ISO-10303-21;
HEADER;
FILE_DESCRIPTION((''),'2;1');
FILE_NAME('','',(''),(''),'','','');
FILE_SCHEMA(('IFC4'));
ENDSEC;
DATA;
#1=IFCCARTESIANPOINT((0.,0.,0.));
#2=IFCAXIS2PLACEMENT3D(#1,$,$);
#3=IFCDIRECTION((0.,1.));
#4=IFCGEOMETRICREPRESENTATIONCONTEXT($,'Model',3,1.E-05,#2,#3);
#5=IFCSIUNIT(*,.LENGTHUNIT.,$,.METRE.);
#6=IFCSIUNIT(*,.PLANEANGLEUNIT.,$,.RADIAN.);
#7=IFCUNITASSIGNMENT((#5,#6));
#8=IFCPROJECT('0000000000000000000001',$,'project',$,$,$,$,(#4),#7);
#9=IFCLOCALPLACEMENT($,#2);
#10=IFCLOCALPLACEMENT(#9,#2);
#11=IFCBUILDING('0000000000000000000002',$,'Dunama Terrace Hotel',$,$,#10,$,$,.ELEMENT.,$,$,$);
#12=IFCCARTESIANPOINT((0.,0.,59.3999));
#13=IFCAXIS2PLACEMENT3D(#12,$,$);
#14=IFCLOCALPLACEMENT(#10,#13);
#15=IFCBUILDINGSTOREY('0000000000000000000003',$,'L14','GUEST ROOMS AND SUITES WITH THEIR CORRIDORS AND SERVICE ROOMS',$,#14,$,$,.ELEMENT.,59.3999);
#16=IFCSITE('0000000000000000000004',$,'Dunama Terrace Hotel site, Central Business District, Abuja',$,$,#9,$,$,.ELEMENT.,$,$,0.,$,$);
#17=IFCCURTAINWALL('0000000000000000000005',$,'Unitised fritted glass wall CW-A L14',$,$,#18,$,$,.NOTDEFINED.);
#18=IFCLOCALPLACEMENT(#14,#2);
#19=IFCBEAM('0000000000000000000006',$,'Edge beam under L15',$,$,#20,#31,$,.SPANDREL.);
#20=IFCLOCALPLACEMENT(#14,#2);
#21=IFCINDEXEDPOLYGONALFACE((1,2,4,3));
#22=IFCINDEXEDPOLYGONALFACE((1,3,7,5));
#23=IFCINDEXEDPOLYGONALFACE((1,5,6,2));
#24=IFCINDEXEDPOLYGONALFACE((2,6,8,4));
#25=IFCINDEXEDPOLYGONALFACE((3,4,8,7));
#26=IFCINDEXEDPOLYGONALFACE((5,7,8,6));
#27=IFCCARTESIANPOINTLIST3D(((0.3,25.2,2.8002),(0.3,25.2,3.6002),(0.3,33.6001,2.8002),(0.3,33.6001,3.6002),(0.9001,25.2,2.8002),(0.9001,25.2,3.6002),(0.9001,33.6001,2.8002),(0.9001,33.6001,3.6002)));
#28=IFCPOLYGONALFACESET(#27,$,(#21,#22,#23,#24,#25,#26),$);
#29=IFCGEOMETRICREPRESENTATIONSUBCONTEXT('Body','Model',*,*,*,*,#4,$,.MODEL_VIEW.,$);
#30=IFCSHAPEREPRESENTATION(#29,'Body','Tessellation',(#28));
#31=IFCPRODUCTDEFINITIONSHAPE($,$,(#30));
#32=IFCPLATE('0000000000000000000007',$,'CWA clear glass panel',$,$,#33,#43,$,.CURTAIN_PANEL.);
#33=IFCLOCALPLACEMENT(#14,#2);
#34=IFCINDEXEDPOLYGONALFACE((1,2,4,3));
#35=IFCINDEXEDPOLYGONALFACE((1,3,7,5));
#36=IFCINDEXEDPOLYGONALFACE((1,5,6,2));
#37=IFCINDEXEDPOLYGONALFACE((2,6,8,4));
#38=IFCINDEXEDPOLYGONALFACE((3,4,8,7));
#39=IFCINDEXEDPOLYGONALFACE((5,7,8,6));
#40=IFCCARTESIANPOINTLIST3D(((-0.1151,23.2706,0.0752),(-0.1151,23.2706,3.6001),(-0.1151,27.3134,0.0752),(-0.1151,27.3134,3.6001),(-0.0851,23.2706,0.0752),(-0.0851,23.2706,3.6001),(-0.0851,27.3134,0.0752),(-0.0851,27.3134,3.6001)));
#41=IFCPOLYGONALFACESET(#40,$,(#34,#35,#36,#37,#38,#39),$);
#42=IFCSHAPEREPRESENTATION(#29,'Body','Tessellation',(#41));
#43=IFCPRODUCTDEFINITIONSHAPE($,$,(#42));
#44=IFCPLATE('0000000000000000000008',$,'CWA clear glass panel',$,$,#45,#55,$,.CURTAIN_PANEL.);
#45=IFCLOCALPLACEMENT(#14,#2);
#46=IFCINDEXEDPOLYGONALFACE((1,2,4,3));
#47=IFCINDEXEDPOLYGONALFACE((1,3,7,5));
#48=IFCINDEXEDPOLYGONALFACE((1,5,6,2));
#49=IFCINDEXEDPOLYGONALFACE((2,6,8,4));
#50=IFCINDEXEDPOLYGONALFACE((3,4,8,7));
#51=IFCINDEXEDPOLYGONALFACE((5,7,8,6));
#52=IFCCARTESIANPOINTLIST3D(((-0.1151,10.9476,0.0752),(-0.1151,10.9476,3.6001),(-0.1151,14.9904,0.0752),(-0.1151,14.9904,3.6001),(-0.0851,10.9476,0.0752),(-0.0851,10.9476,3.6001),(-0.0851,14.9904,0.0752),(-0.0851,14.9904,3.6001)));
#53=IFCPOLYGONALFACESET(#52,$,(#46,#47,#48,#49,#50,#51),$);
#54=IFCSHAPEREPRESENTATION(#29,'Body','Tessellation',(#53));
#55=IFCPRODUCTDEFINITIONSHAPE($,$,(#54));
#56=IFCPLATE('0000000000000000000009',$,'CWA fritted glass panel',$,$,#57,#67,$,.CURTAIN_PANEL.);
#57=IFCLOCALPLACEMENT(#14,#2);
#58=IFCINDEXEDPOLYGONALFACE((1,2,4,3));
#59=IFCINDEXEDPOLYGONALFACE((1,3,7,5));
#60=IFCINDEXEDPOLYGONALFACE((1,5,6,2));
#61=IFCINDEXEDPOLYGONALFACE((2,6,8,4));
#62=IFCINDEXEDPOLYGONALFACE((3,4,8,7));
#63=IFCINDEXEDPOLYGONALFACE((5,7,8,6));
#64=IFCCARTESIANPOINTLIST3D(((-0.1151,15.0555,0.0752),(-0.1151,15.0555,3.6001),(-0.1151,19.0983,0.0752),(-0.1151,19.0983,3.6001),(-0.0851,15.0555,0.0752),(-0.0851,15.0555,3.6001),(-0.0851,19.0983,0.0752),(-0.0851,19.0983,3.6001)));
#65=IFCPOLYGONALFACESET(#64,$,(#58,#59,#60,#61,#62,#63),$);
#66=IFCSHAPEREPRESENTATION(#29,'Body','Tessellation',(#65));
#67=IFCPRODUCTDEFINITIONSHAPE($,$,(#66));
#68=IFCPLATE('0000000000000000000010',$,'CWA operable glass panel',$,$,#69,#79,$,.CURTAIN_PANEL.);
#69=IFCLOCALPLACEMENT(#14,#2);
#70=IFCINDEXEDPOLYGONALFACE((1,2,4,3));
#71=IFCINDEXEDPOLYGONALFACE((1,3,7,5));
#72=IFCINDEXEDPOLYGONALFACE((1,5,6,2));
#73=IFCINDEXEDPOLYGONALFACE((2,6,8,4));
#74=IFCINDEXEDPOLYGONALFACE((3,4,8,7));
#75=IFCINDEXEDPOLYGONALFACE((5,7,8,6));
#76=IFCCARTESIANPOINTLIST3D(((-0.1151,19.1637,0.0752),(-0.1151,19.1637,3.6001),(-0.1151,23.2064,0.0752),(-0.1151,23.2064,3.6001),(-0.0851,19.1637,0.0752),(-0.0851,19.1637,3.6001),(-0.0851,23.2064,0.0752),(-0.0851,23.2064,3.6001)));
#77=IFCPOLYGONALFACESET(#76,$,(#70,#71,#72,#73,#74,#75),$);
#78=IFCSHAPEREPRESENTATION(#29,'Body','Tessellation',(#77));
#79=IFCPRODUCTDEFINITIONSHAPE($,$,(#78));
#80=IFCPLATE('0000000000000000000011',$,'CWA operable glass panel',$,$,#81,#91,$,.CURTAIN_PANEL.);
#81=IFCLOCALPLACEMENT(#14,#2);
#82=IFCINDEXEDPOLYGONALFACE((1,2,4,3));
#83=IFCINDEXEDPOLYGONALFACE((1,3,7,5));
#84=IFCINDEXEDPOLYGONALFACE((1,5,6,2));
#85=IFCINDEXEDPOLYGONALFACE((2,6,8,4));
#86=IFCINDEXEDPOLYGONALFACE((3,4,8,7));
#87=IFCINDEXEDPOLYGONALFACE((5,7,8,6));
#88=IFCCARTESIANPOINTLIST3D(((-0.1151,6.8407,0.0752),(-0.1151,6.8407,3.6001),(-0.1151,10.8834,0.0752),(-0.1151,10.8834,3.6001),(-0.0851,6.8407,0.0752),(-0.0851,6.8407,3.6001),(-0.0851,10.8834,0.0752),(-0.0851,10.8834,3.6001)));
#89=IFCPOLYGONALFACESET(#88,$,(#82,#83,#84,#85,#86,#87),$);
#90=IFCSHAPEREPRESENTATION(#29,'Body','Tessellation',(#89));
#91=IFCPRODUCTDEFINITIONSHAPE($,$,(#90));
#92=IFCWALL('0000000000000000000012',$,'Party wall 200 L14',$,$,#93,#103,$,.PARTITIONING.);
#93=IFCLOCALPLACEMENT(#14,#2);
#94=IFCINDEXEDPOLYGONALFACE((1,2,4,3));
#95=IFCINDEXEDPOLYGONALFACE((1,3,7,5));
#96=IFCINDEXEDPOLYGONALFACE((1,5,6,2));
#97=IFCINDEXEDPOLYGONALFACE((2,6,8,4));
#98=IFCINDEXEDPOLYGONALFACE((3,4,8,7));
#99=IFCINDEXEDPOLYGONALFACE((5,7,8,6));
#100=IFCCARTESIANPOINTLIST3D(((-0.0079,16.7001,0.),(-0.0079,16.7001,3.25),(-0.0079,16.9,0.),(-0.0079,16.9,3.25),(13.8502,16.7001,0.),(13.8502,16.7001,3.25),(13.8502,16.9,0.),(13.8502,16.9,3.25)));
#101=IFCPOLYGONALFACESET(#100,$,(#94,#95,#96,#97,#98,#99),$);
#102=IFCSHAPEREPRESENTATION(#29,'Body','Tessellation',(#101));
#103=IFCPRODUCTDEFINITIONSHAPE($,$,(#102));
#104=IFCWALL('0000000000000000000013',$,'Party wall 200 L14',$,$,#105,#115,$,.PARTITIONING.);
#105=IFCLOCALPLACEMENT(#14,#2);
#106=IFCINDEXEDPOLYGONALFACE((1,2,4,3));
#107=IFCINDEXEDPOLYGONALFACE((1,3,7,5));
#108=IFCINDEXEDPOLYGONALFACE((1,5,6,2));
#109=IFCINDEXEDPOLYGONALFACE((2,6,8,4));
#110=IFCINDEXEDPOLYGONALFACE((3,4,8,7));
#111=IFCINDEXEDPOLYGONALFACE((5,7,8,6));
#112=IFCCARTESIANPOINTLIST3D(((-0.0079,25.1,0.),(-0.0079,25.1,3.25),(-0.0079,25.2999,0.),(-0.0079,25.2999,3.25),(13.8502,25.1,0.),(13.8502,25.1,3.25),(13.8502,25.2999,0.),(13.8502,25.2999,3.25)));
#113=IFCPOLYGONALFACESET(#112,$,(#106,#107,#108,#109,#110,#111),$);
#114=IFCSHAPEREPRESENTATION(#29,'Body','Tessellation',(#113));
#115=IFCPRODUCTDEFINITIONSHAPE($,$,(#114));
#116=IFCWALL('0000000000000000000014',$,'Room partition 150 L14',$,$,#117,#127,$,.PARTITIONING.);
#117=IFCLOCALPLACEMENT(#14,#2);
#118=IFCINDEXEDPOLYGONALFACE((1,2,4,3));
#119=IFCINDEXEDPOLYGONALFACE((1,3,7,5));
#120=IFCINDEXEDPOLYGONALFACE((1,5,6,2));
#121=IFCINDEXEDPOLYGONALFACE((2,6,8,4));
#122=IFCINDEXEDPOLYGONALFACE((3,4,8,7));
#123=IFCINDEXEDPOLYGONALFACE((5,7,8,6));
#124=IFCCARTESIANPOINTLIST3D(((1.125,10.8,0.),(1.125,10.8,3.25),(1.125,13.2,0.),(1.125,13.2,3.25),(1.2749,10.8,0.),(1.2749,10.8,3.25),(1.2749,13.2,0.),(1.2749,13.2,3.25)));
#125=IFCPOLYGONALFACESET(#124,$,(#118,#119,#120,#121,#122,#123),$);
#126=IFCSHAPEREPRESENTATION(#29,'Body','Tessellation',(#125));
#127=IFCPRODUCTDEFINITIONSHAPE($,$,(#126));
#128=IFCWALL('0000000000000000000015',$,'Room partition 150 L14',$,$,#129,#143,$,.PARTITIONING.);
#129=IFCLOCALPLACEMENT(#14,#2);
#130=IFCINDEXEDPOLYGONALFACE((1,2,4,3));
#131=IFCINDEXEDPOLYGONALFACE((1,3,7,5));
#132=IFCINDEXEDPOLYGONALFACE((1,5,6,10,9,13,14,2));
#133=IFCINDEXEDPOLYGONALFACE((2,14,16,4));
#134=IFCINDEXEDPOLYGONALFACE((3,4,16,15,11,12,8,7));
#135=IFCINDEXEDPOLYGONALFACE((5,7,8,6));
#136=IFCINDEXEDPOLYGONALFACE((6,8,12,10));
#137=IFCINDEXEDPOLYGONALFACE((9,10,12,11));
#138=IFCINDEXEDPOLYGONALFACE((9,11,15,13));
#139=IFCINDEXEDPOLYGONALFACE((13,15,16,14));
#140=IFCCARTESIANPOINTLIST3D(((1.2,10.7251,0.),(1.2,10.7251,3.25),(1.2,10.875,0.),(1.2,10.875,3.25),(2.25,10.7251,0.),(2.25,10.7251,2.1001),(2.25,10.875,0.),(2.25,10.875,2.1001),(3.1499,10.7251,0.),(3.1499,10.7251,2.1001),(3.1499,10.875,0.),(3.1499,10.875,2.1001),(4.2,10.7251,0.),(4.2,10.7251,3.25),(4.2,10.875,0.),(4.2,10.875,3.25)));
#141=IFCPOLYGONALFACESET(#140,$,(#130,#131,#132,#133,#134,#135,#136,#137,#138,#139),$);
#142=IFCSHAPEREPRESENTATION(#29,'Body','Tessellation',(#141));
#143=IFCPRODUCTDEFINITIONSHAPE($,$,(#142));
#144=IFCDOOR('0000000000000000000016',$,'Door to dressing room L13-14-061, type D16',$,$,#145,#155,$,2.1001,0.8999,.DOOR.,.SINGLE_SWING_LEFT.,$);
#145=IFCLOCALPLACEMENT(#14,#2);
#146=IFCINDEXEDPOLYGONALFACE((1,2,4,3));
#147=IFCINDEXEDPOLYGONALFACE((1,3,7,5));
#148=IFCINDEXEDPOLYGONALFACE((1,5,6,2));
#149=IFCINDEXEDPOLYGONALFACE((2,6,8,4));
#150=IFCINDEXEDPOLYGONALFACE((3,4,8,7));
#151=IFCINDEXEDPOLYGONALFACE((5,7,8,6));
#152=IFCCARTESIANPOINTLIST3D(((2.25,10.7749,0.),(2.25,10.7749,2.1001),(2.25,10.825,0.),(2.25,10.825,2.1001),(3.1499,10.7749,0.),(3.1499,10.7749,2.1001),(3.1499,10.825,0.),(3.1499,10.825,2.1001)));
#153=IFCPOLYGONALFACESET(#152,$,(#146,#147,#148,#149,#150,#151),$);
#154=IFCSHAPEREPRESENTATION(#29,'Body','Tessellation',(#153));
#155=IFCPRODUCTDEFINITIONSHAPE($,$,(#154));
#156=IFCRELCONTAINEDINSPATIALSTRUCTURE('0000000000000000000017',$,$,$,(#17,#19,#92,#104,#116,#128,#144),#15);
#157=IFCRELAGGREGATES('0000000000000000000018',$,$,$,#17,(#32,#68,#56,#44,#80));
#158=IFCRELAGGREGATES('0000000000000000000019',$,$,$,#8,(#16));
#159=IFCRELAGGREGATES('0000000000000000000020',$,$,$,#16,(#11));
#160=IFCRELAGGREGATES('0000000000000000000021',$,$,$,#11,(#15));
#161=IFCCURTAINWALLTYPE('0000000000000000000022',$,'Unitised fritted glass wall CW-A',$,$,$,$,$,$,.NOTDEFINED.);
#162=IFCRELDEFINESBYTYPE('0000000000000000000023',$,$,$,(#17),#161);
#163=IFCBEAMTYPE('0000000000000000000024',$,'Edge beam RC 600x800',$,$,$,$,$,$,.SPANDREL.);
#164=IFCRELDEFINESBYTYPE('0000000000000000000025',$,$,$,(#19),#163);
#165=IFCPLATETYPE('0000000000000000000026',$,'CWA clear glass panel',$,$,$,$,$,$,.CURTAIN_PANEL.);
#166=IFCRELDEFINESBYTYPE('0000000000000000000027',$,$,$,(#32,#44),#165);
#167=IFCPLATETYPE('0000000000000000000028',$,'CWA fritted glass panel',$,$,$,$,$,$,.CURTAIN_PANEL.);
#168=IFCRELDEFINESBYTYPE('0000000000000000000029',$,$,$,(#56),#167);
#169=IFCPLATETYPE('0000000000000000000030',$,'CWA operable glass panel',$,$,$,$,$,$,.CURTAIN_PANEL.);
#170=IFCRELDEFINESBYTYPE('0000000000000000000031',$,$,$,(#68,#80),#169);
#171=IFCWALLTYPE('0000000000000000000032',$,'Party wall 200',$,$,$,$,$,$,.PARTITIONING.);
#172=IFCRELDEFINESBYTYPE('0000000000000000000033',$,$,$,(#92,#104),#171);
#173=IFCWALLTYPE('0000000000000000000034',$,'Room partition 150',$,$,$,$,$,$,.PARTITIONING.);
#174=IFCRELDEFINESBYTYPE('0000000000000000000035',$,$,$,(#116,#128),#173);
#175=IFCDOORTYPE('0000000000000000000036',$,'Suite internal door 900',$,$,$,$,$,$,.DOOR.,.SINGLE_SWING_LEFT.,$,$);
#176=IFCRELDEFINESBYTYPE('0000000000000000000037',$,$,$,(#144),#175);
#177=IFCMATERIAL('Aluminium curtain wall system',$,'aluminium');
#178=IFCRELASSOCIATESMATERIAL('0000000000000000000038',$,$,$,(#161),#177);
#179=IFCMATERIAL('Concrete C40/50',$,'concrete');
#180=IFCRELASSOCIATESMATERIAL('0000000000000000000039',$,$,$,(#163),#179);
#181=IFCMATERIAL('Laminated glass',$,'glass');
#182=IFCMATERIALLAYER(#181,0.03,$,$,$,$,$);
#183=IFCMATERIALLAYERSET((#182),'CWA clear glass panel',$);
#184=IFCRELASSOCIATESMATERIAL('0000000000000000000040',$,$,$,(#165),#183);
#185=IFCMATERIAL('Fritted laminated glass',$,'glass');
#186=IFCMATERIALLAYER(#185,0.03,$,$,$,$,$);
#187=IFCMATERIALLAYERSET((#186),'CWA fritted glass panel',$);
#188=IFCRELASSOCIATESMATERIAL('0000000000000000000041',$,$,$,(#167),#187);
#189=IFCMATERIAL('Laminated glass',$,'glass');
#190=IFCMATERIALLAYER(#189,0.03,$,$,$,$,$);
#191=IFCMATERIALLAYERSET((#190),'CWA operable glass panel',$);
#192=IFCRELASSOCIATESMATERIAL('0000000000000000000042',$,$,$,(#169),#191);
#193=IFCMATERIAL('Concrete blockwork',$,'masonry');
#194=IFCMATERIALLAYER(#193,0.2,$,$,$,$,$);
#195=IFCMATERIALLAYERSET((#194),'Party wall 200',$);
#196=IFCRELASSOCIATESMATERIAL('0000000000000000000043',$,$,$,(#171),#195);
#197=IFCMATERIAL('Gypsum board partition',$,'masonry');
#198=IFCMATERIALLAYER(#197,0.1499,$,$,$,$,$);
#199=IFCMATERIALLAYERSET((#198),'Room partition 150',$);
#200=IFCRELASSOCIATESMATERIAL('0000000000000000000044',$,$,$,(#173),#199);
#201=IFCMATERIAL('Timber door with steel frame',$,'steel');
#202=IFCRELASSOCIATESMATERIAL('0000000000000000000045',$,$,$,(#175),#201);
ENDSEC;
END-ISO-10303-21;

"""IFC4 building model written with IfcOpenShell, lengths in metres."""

from ifc_helpers import new_model, si_unit, direction, frame, frame_2d, origin, origin_2d, place, context, subcontext, project, spatial, rectangle, extrude, material, layer, layer_set, material_profile, profile_set, type_object, element, fill, aggregate, save


model = new_model("IFC4")

# Units and contexts
model_context = context("Model", 3, precision=1e-05, world=origin(), true_north=direction((0.0, 1.0)))
body_context = subcontext(model_context, "Body", "Model", "MODEL_VIEW")
ifc_project = project(units=[si_unit("LENGTHUNIT", "METRE"), si_unit("PLANEANGLEUNIT", "RADIAN")], contexts=[model_context])

# Site, building, storey
site_placement = place(None, origin())
site = spatial("IfcSite", under=ifc_project, at=site_placement, Name="Dunama Terrace Hotel site, Central Business District, Abuja", CompositionType="ELEMENT", RefElevation=0.0)
building_placement = place(site_placement, origin())
building = spatial("IfcBuilding", under=site, at=building_placement, Name="Dunama Terrace Hotel", CompositionType="ELEMENT")
storey_placement = place(building_placement, frame((0.0, 0.0, 59.3999)))
storey = spatial("IfcBuildingStorey", under=building, at=storey_placement, Name="L14", Description="GUEST ROOMS AND SUITES WITH THEIR CORRIDORS AND SERVICE ROOMS", CompositionType="ELEMENT", Elevation=59.3999)

# Curtain wall
ifc_material_1 = material(Name="Aluminium curtain wall system", Category="aluminium")
curtain_wall_type = type_object("IfcCurtainWallType", Name="Unitised fritted glass wall CW-A", PredefinedType="NOTDEFINED", material=ifc_material_1)
curtain_wall_placement = place(storey_placement, origin())
curtain_wall = element("IfcCurtainWall", 1, at=curtain_wall_placement, inside=storey, type_object=curtain_wall_type, Name="Unitised fritted glass wall CW-A L14", PredefinedType="NOTDEFINED")

# Beam
ifc_material_2 = material(Name="Concrete C40/50", Category="concrete")
ifc_material_profile_1 = material_profile(ifc_material_2, rectangle(XDim=0.6001, YDim=0.8, at=origin_2d()), Name="RC 600x800")
ifc_profile_set_1 = profile_set([ifc_material_profile_1], Name="Concrete C40/50")
beam_type = type_object("IfcBeamType", Name="Edge beam RC 600x800", PredefinedType="SPANDREL", material=ifc_profile_set_1)
beam_1_placement = place(storey_placement, frame((0.6001, 25.2, 3.2002), z_axis=(0.0, 1.0, 0.0), x_axis=(-1.0, 0.0, 0.0)))
element("IfcBeam", 2, at=beam_1_placement, inside=storey, type_object=beam_type, Name="Edge beam under L15", PredefinedType="SPANDREL", context=body_context, shape_type="SweptSolid", body=[
    extrude(rectangle(XDim=0.6001, YDim=0.8, at=origin_2d()), origin(), (0.0, 0.0, 1.0), 8.4001),
])

# Plates
ifc_material_3 = material(Name="Laminated glass", Category="glass")
ifc_layer_1 = layer(ifc_material_3, 0.03)
ifc_layer_set_1 = layer_set([ifc_layer_1], Name="CWA clear glass panel")
plate_type_1 = type_object("IfcPlateType", Name="CWA clear glass panel", PredefinedType="CURTAIN_PANEL", material=ifc_layer_set_1)
plate_1_placement = place(storey_placement, frame((-0.1001, 25.292, 0.0752), z_axis=(0.0, 0.0, 1.0), x_axis=(0.0, -1.0, 0.0)))
plate_1 = element("IfcPlate", 3, at=plate_1_placement, type_object=plate_type_1, Name="CWA clear glass panel", PredefinedType="CURTAIN_PANEL", context=body_context, shape_type="SweptSolid", body=[
    extrude(rectangle(XDim=4.0427, YDim=0.03, at=origin_2d()), origin(), (0.0, 0.0, 1.0), 3.5249),
])
plate_2_placement = place(storey_placement, frame((-0.1001, 12.969, 0.0752), z_axis=(0.0, 0.0, 1.0), x_axis=(0.0, -1.0, 0.0)))
plate_2 = element("IfcPlate", 4, at=plate_2_placement, type_object=plate_type_1, Name="CWA clear glass panel", PredefinedType="CURTAIN_PANEL", context=body_context, shape_type="SweptSolid", body=[
    extrude(rectangle(XDim=4.0427, YDim=0.03, at=origin_2d()), origin(), (0.0, 0.0, 1.0), 3.5249),
])
ifc_material_4 = material(Name="Fritted laminated glass", Category="glass")
ifc_layer_2 = layer(ifc_material_4, 0.03)
ifc_layer_set_2 = layer_set([ifc_layer_2], Name="CWA fritted glass panel")
plate_type_2 = type_object("IfcPlateType", Name="CWA fritted glass panel", PredefinedType="CURTAIN_PANEL", material=ifc_layer_set_2)
plate_3_placement = place(storey_placement, frame((-0.1001, 17.0769, 0.0752), z_axis=(0.0, 0.0, 1.0), x_axis=(0.0, -1.0, 0.0)))
plate_3 = element("IfcPlate", 5, at=plate_3_placement, type_object=plate_type_2, Name="CWA fritted glass panel", PredefinedType="CURTAIN_PANEL", context=body_context, shape_type="SweptSolid", body=[
    extrude(rectangle(XDim=4.0427, YDim=0.03, at=origin_2d()), origin(), (0.0, 0.0, 1.0), 3.5249),
])
ifc_material_5 = material(Name="Laminated glass", Category="glass")
ifc_layer_3 = layer(ifc_material_5, 0.03)
ifc_layer_set_3 = layer_set([ifc_layer_3], Name="CWA operable glass panel")
plate_type_3 = type_object("IfcPlateType", Name="CWA operable glass panel", PredefinedType="CURTAIN_PANEL", material=ifc_layer_set_3)
plate_4_placement = place(storey_placement, frame((-0.1001, 21.1851, 0.0752), z_axis=(0.0, 0.0, 1.0), x_axis=(0.0, -1.0, 0.0)))
plate_4 = element("IfcPlate", 6, at=plate_4_placement, type_object=plate_type_3, Name="CWA operable glass panel", PredefinedType="CURTAIN_PANEL", context=body_context, shape_type="SweptSolid", body=[
    extrude(rectangle(XDim=4.0427, YDim=0.03, at=origin_2d()), origin(), (0.0, 0.0, 1.0), 3.5249),
])
plate_5_placement = place(storey_placement, frame((-0.1001, 8.8621, 0.0752), z_axis=(0.0, 0.0, 1.0), x_axis=(0.0, -1.0, 0.0)))
plate_5 = element("IfcPlate", 7, at=plate_5_placement, type_object=plate_type_3, Name="CWA operable glass panel", PredefinedType="CURTAIN_PANEL", context=body_context, shape_type="SweptSolid", body=[
    extrude(rectangle(XDim=4.0427, YDim=0.03, at=origin_2d()), origin(), (0.0, 0.0, 1.0), 3.5249),
])
aggregate(curtain_wall, [plate_1, plate_4, plate_3, plate_2, plate_5])

# Walls
ifc_material_6 = material(Name="Concrete blockwork", Category="masonry")
ifc_layer_4 = layer(ifc_material_6, 0.2)
ifc_layer_set_4 = layer_set([ifc_layer_4], Name="Party wall 200")
wall_type_1 = type_object("IfcWallType", Name="Party wall 200", PredefinedType="PARTITIONING", material=ifc_layer_set_4)
for number, where, z_axis, x_axis, name in (
    (8, (-0.0081, 16.8, 0.0), (0.0, 0.0, 1.0), (1.0, 0.0, 0.0), "Party wall 200 L14"),
    (9, (-0.0081, 25.2, 0.0), (0.0, 0.0, 1.0), (1.0, 0.0, 0.0), "Party wall 200 L14"),
):
    element("IfcWall", number, at=place(storey_placement, frame(where, z_axis=z_axis, x_axis=x_axis)), inside=storey, type_object=wall_type_1, Name=name, PredefinedType="PARTITIONING", context=body_context, shape_type="SweptSolid", body=[
        extrude(rectangle(XDim=13.8582, YDim=0.2, at=frame_2d((6.9292, 0.0))), origin(), (0.0, 0.0, 1.0), 3.25),
    ])
ifc_material_7 = material(Name="Gypsum board partition", Category="masonry")
ifc_layer_5 = layer(ifc_material_7, 0.1499)
ifc_layer_set_5 = layer_set([ifc_layer_5], Name="Room partition 150")
wall_type_2 = type_object("IfcWallType", Name="Room partition 150", PredefinedType="PARTITIONING", material=ifc_layer_set_5)
wall_1_placement = place(storey_placement, frame((1.2, 10.8, 0.0), z_axis=(0.0, 0.0, 1.0), x_axis=(0.0, 1.0, 0.0)))
element("IfcWall", 10, at=wall_1_placement, inside=storey, type_object=wall_type_2, Name="Room partition 150 L14", PredefinedType="PARTITIONING", context=body_context, shape_type="SweptSolid", body=[
    extrude(rectangle(XDim=2.3999, YDim=0.1499, at=frame_2d((1.2, 0.0))), origin(), (0.0, 0.0, 1.0), 3.25),
])

# Wall, opening, door
wall_2_placement = place(storey_placement, frame((1.2, 10.8, 0.0), z_axis=(0.0, 0.0, 1.0), x_axis=(1.0, 0.0, 0.0)))
wall_2 = element("IfcWall", 11, at=wall_2_placement, inside=storey, type_object=wall_type_2, Name="Room partition 150 L14", PredefinedType="PARTITIONING", context=body_context, shape_type="SweptSolid", body=[
    extrude(rectangle(XDim=3.0, YDim=0.1499, at=frame_2d((1.5, 0.0))), origin(), (0.0, 0.0, 1.0), 3.25),
])
opening_1_placement = place(wall_2_placement, frame((1.05, 0.0, 0.0)))
opening_1 = element("IfcOpeningElement", 12, at=opening_1_placement, cuts=wall_2, PredefinedType="OPENING", context=body_context, shape_type="SweptSolid", body=[
    extrude(rectangle(XDim=0.8999, YDim=2.1001, at=frame_2d((0.45, 1.05))), frame((0.0, 0.085, 0.0), z_axis=(0.0, -1.0, 0.0), x_axis=(1.0, 0.0, 0.0)), (0.0, 0.0, 1.0), 0.1699),
])
ifc_material_8 = material(Name="Timber door with steel frame", Category="steel")
door_type = type_object("IfcDoorType", Name="Suite internal door 900", OperationType="SINGLE_SWING_LEFT", PredefinedType="DOOR", material=ifc_material_8)
door_1_placement = place(opening_1_placement, origin())
door_1 = element("IfcDoor", 13, at=door_1_placement, inside=storey, type_object=door_type, Name="Door to dressing room L13-14-061, type D16", OperationType="SINGLE_SWING_LEFT", OverallHeight=2.1001, OverallWidth=0.8999, PredefinedType="DOOR", context=body_context, shape_type="SweptSolid", body=[
    extrude(rectangle(XDim=0.8999, YDim=2.1001, at=frame_2d((0.45, 1.05))), frame((0.0, 0.0249, 0.0), z_axis=(0.0, -1.0, 0.0), x_axis=(1.0, 0.0, 0.0)), (0.0, 0.0, 1.0), 0.05),
])
fill(opening_1, door_1)

save(model, "model.ifc")
